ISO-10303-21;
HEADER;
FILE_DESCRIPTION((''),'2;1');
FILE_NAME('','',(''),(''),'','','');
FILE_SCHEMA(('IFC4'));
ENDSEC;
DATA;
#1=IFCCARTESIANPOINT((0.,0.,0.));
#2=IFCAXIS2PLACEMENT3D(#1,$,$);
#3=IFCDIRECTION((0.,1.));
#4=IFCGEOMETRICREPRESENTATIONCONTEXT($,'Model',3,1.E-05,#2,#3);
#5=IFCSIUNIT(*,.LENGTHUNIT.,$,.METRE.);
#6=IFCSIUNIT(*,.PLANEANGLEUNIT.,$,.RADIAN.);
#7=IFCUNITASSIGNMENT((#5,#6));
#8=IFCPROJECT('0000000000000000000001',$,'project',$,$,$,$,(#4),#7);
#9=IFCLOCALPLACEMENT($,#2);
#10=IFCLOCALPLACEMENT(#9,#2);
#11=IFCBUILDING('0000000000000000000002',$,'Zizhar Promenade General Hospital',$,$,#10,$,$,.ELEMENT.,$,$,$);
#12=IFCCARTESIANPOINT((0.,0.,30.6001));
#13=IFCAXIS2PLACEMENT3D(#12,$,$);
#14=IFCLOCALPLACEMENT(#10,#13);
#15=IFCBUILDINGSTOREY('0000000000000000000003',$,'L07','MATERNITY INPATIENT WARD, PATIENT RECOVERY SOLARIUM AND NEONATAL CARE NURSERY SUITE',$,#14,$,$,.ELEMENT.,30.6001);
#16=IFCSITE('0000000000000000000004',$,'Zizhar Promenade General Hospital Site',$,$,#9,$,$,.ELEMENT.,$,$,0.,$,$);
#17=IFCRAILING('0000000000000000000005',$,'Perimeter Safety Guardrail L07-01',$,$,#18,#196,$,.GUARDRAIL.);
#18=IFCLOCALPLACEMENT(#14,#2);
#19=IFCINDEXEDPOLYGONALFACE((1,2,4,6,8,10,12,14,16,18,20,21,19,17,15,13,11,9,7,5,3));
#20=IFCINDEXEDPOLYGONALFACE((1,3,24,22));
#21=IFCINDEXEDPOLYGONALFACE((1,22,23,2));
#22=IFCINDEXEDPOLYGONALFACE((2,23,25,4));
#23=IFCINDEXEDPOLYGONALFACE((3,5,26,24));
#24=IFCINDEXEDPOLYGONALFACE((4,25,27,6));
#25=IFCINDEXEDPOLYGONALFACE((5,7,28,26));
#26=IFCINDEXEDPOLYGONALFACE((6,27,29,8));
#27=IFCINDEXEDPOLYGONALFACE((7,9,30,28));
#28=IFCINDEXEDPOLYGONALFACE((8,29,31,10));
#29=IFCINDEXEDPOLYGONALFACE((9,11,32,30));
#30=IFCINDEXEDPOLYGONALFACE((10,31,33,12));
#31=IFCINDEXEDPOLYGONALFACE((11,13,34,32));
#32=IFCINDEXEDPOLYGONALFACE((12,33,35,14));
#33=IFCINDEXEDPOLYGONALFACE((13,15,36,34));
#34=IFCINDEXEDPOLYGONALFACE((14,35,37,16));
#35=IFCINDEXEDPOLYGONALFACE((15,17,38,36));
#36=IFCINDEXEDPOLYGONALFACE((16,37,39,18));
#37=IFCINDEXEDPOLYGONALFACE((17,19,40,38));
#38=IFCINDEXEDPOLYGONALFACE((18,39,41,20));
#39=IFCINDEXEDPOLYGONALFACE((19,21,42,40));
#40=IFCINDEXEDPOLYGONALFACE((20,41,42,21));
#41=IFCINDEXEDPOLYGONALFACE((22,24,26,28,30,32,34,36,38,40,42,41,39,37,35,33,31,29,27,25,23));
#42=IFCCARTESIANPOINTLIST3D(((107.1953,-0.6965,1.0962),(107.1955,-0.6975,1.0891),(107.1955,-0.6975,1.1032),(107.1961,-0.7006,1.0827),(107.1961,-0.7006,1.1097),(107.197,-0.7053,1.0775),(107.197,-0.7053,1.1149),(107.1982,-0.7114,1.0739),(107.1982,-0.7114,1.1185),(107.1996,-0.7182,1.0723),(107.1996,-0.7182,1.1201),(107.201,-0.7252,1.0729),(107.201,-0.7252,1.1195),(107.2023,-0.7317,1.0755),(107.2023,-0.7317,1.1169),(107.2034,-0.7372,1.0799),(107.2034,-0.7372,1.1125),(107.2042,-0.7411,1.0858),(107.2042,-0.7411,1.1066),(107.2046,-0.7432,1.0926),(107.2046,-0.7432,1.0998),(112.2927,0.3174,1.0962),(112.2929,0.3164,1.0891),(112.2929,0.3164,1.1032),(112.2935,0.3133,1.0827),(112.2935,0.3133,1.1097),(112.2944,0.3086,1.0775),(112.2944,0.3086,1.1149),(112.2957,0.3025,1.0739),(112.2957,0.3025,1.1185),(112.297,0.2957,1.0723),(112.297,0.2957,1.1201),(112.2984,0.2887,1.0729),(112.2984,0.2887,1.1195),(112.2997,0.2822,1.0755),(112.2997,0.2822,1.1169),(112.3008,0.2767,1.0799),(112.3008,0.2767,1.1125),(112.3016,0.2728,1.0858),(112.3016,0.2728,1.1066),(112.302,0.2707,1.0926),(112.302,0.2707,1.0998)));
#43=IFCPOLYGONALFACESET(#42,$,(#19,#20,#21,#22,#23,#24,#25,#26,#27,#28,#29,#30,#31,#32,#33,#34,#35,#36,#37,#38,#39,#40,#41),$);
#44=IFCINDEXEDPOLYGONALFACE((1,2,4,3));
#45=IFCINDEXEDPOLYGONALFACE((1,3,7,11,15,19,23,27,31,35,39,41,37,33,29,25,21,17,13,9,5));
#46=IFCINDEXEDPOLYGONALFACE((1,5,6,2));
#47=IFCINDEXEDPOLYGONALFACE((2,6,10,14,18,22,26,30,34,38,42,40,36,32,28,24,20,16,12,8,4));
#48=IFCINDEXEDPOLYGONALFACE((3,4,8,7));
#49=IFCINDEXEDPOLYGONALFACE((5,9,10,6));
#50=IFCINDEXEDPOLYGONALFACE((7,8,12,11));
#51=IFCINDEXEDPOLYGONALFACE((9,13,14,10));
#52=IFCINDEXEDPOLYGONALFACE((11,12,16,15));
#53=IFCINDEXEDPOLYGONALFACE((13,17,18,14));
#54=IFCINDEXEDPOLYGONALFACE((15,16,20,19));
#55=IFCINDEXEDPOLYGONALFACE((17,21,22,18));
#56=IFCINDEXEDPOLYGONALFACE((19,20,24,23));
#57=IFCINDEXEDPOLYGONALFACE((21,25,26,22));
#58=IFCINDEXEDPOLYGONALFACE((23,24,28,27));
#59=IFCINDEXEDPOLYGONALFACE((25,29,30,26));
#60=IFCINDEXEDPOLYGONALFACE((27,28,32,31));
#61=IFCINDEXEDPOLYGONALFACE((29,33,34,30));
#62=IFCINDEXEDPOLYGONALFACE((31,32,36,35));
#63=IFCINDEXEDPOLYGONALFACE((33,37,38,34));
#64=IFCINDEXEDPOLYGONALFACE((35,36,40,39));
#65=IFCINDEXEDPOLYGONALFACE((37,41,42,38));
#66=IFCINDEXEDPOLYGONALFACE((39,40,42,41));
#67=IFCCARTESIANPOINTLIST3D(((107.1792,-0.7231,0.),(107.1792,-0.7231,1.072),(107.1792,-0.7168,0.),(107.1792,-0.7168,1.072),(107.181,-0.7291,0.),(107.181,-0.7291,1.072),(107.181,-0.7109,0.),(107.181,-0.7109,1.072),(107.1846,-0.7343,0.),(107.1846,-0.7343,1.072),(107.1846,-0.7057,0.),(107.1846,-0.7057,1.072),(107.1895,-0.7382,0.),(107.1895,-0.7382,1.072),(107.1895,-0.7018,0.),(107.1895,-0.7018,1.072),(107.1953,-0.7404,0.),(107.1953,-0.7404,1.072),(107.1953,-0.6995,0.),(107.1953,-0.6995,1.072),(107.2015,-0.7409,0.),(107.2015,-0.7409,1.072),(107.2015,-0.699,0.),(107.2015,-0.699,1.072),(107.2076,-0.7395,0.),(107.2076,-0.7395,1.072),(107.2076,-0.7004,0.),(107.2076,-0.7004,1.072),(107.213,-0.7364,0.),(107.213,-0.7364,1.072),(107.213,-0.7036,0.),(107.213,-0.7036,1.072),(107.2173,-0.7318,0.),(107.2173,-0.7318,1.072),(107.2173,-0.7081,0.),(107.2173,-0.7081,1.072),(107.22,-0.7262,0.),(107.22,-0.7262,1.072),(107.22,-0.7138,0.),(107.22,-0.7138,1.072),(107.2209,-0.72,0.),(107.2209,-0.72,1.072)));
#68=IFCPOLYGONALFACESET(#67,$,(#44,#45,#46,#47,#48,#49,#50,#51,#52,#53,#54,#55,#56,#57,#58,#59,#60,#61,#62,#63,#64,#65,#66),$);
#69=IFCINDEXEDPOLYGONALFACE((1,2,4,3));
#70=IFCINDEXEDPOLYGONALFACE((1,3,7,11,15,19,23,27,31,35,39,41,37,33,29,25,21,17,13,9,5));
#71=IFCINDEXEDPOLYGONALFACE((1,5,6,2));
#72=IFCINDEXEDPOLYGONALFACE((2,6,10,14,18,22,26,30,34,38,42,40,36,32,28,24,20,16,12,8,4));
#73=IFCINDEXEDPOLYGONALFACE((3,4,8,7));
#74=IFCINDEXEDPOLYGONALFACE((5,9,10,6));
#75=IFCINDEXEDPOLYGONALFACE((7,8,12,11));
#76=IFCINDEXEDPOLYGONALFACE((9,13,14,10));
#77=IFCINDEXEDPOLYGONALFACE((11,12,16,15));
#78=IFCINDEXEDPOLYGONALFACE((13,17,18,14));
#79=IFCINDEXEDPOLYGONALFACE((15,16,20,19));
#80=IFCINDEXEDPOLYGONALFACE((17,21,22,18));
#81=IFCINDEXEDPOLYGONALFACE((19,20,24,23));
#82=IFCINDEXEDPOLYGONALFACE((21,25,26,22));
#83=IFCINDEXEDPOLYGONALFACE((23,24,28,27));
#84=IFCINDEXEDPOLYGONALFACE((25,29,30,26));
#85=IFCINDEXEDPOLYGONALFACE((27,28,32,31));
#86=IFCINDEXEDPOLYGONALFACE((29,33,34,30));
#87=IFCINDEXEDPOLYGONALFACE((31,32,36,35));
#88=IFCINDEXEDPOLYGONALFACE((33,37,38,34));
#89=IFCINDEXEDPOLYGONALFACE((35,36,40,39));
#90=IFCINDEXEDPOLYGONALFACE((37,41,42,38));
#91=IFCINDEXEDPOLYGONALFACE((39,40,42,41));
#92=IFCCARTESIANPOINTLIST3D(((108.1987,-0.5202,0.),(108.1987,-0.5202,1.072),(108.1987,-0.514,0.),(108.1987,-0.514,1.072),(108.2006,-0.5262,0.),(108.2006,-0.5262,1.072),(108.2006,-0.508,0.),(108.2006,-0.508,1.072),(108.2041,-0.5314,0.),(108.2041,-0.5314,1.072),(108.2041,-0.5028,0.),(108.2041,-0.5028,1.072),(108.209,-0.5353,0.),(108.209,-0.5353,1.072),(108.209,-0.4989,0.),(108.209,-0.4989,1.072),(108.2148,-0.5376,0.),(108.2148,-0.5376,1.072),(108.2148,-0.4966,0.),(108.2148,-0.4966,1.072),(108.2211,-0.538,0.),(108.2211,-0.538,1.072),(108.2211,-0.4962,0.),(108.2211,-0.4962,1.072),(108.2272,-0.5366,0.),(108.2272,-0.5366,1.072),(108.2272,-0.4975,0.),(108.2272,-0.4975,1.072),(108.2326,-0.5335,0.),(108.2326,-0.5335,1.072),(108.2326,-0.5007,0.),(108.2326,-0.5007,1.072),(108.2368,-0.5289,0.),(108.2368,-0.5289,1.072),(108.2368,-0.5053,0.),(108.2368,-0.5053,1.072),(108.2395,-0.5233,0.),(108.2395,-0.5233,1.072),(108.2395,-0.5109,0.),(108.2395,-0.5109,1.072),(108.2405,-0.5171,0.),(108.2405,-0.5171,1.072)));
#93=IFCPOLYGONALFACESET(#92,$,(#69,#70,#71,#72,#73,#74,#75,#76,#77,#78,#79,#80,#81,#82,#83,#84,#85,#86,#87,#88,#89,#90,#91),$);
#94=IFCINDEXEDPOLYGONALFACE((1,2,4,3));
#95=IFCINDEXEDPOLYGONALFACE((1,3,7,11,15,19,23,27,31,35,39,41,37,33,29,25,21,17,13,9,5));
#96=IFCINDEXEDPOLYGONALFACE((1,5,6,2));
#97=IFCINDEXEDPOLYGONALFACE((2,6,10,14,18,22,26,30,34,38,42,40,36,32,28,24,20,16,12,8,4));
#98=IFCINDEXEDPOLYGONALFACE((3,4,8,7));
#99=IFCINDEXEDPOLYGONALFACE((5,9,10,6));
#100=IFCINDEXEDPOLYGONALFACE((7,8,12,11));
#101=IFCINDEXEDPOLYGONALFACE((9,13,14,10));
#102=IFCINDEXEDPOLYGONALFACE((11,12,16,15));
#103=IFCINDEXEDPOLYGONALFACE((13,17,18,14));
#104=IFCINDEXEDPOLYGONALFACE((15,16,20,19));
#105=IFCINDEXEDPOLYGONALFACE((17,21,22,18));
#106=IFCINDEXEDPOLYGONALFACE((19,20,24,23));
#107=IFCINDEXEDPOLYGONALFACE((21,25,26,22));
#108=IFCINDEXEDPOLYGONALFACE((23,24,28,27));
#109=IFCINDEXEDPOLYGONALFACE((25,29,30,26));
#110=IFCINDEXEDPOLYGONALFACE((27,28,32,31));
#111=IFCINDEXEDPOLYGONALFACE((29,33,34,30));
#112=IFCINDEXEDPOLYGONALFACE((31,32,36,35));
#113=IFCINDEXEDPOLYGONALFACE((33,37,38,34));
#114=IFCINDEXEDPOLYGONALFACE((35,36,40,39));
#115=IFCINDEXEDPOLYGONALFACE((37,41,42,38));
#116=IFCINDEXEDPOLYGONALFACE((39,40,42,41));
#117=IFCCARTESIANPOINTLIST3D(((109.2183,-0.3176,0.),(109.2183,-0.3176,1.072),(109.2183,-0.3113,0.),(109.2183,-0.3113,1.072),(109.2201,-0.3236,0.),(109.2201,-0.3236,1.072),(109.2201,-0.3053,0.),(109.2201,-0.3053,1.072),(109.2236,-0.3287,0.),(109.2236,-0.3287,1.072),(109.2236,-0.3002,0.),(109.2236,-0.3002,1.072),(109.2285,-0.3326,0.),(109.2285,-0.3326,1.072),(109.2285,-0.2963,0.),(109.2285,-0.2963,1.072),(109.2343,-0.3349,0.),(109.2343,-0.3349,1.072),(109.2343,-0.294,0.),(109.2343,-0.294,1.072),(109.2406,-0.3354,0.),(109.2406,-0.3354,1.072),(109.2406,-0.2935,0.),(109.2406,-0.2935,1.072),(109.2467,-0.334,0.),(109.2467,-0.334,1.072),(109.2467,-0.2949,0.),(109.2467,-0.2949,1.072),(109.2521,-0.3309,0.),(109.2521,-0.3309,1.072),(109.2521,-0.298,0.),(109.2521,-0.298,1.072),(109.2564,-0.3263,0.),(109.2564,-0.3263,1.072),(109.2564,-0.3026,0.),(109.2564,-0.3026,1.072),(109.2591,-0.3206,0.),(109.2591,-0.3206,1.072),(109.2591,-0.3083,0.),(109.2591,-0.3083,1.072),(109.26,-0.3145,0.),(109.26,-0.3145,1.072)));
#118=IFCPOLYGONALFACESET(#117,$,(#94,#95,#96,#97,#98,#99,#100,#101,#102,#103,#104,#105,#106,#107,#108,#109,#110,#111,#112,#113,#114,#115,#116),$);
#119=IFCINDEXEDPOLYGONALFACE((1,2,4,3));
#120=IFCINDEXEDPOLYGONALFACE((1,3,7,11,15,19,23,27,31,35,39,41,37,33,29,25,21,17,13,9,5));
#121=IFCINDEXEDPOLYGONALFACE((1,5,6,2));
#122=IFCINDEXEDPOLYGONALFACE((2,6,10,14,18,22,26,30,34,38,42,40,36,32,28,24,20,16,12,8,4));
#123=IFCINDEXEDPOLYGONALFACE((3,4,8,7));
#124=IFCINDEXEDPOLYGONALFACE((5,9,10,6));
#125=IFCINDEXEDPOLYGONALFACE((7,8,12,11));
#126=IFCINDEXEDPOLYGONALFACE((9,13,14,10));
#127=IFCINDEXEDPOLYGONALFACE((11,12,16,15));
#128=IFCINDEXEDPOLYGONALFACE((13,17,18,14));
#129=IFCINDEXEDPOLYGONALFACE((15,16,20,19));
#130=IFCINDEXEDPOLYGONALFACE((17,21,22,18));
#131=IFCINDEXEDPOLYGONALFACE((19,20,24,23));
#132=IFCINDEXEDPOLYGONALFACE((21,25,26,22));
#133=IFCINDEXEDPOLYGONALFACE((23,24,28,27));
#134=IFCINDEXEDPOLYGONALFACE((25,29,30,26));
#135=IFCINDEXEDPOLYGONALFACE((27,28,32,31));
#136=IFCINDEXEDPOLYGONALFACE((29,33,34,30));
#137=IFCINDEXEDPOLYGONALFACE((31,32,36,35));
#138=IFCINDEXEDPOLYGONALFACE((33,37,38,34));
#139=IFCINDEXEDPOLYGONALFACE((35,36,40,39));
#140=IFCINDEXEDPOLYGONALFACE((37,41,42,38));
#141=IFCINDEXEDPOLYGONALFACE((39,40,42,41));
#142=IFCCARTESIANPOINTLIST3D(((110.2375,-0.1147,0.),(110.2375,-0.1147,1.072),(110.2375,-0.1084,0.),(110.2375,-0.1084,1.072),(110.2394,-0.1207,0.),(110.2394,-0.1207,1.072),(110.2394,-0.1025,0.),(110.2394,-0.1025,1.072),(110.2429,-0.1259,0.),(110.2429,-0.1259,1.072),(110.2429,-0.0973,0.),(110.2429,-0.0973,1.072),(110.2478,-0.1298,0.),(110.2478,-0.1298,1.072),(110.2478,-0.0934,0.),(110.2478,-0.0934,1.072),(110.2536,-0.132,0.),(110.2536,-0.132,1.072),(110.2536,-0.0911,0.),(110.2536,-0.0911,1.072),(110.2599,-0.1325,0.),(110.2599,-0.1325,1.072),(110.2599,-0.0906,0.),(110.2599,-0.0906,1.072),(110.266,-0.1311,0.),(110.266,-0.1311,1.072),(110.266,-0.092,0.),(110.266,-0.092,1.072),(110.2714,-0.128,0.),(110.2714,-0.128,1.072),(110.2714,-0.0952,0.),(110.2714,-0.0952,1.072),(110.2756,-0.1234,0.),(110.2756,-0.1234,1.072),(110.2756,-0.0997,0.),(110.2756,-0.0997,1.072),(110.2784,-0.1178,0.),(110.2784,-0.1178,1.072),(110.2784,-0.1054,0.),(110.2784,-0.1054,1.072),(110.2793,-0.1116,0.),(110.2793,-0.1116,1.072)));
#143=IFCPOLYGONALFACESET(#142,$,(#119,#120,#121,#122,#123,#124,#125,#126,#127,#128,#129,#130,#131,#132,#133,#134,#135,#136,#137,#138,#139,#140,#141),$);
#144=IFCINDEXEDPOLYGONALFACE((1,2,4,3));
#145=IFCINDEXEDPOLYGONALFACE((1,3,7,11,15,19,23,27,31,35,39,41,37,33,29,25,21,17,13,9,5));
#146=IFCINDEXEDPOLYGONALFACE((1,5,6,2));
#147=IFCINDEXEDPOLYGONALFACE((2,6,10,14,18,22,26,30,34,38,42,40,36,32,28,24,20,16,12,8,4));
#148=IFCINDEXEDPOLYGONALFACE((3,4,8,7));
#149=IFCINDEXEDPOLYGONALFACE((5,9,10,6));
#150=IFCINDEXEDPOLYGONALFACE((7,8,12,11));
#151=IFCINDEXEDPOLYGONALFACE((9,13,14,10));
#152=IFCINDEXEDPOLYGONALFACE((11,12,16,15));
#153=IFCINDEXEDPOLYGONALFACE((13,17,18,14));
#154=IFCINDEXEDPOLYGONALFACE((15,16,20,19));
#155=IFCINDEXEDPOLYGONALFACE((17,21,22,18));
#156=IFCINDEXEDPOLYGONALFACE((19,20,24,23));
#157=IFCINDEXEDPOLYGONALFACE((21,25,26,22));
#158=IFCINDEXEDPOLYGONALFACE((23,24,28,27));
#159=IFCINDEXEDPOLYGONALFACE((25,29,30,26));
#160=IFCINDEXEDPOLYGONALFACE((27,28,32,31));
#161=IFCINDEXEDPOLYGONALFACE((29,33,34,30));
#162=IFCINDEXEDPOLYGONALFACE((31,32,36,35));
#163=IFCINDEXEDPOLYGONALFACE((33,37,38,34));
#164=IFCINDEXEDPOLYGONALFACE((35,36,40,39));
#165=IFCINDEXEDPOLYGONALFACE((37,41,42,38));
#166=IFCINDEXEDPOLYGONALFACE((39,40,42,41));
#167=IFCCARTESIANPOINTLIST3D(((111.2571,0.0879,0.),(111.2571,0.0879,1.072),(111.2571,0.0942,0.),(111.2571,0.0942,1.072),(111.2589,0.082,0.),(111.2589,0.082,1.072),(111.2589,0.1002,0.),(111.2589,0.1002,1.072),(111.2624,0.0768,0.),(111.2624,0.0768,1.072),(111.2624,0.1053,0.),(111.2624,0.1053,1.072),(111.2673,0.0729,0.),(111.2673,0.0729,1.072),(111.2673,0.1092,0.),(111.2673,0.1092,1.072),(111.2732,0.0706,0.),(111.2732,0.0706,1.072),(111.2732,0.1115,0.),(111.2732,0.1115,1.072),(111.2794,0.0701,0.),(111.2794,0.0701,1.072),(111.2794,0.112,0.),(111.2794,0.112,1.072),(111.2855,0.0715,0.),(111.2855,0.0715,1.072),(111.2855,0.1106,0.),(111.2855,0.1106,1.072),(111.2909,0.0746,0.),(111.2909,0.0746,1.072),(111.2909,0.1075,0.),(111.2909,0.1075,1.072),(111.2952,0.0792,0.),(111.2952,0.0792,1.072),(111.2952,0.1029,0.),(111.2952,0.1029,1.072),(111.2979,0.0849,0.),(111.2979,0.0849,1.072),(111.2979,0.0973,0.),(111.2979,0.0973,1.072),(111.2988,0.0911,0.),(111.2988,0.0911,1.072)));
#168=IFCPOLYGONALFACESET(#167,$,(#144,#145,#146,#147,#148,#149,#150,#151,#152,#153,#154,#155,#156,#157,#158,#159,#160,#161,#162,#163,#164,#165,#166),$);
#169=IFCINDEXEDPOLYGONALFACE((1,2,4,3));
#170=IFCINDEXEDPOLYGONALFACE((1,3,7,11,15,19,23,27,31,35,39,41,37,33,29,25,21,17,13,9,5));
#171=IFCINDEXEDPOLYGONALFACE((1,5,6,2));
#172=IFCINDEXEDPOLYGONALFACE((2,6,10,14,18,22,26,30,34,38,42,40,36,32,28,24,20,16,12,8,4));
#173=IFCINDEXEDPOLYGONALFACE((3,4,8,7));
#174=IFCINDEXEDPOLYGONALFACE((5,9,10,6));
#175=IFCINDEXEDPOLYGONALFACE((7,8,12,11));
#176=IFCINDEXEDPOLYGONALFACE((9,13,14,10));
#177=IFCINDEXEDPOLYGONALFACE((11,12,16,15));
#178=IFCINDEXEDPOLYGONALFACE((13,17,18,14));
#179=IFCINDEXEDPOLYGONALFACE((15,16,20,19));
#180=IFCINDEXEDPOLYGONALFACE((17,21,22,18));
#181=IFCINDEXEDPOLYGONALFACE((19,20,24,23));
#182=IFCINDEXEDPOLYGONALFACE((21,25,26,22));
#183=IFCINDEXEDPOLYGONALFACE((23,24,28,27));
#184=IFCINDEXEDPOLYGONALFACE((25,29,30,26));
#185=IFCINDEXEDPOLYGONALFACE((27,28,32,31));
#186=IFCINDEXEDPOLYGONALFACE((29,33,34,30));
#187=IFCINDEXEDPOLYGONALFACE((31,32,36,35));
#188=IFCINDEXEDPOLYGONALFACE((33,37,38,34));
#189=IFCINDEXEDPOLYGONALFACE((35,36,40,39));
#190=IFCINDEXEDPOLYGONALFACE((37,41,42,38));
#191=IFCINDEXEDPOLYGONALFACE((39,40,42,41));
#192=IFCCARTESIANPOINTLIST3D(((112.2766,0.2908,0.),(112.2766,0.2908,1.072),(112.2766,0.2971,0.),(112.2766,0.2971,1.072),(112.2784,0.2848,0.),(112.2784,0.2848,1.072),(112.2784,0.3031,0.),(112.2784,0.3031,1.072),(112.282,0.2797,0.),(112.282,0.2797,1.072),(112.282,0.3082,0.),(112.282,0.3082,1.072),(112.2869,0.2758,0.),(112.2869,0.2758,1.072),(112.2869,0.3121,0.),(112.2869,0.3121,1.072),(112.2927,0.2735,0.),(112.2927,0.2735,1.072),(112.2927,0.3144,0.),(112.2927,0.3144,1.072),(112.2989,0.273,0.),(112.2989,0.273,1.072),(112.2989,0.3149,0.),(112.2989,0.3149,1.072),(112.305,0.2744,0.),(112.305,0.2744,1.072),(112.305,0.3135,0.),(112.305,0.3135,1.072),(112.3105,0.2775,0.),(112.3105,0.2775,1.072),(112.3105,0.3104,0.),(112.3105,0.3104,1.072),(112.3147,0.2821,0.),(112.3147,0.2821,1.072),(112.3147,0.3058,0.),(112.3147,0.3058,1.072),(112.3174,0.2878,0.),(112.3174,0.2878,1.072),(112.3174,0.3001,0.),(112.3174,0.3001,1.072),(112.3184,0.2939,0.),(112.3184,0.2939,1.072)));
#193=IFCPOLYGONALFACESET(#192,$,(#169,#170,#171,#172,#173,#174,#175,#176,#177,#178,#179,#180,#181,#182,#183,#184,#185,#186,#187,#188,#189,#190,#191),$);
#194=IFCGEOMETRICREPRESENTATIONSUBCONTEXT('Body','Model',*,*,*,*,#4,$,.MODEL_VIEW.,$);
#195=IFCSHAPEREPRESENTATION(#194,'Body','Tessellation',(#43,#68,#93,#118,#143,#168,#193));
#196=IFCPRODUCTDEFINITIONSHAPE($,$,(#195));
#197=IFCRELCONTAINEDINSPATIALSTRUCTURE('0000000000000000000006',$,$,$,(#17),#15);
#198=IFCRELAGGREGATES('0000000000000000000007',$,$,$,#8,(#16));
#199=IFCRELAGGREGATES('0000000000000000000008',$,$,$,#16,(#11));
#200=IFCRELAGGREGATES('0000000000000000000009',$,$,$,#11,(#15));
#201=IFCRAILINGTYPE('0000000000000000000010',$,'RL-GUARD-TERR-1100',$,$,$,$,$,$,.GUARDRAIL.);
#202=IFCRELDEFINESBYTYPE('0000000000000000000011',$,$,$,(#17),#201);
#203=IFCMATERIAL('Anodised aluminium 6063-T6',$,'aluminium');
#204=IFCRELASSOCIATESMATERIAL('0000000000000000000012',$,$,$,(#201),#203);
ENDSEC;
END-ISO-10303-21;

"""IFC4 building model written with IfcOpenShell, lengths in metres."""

from ifc_helpers import new_model, si_unit, direction, frame, origin, origin_2d, place, context, subcontext, project, spatial, circle, hollow_circle, extrude, material, material_profile, profile_set, type_object, element, save


model = new_model("IFC4")

# Units and contexts
model_context = context("Model", 3, precision=1e-05, world=origin(), true_north=direction((0.0, 1.0)))
body_context = subcontext(model_context, "Body", "Model", "MODEL_VIEW")
ifc_project = project(units=[si_unit("LENGTHUNIT", "METRE"), si_unit("PLANEANGLEUNIT", "RADIAN")], contexts=[model_context])

# Site, building, storey
site_placement = place(None, origin())
site = spatial("IfcSite", under=ifc_project, at=site_placement, Name="Zizhar Promenade General Hospital Site", CompositionType="ELEMENT", RefElevation=0.0)
building_placement = place(site_placement, origin())
building = spatial("IfcBuilding", under=site, at=building_placement, Name="Zizhar Promenade General Hospital", CompositionType="ELEMENT")
storey_placement = place(building_placement, frame((0.0, 0.0, 30.6001)))
storey = spatial("IfcBuildingStorey", under=building, at=storey_placement, Name="L07", Description="MATERNITY INPATIENT WARD, PATIENT RECOVERY SOLARIUM AND NEONATAL CARE NURSERY SUITE", CompositionType="ELEMENT", Elevation=30.6001)

# Railing
ifc_material_1 = material(Name="Anodised aluminium 6063-T6", Category="aluminium")
ifc_material_profile_1 = material_profile(ifc_material_1, hollow_circle(Radius=0.0698, WallThickness=0.0063, at=origin_2d()))
ifc_profile_set_1 = profile_set([ifc_material_profile_1], Name="Anodised aluminium 6063-T6")
railing_type = type_object("IfcRailingType", Name="RL-GUARD-TERR-1100", PredefinedType="GUARDRAIL", material=ifc_profile_set_1)
railing_1_placement = place(storey_placement, frame((107.2, -0.72, 0.0)))
element("IfcRailing", 1, at=railing_1_placement, inside=storey, type_object=railing_type, Name="Perimeter Safety Guardrail L07-01", PredefinedType="GUARDRAIL", context=body_context, shape_type="SweptSolid", body=[
    extrude(circle(Radius=0.0239, at=origin_2d()), frame((0.0, 0.0, 1.0962), z_axis=(0.980786, 0.195086, 0.0), x_axis=(-0.195086, 0.980786, 0.0)), (0.0, 0.0, 1.0), 5.1973),
    extrude(circle(Radius=0.021, at=origin_2d()), origin(), (0.0, 0.0, 1.0), 1.072),
    extrude(circle(Radius=0.021, at=origin_2d()), frame((1.0195, 0.2029, 0.0)), (0.0, 0.0, 1.0), 1.072),
    extrude(circle(Radius=0.021, at=origin_2d()), frame((2.0391, 0.4055, 0.0)), (0.0, 0.0, 1.0), 1.072),
    extrude(circle(Radius=0.021, at=origin_2d()), frame((3.0583, 0.6084, 0.0)), (0.0, 0.0, 1.0), 1.072),
    extrude(circle(Radius=0.021, at=origin_2d()), frame((4.0779, 0.811, 0.0)), (0.0, 0.0, 1.0), 1.072),
    extrude(circle(Radius=0.021, at=origin_2d()), frame((5.0974, 1.0139, 0.0)), (0.0, 0.0, 1.0), 1.072),
])

save(model, "model.ifc")
